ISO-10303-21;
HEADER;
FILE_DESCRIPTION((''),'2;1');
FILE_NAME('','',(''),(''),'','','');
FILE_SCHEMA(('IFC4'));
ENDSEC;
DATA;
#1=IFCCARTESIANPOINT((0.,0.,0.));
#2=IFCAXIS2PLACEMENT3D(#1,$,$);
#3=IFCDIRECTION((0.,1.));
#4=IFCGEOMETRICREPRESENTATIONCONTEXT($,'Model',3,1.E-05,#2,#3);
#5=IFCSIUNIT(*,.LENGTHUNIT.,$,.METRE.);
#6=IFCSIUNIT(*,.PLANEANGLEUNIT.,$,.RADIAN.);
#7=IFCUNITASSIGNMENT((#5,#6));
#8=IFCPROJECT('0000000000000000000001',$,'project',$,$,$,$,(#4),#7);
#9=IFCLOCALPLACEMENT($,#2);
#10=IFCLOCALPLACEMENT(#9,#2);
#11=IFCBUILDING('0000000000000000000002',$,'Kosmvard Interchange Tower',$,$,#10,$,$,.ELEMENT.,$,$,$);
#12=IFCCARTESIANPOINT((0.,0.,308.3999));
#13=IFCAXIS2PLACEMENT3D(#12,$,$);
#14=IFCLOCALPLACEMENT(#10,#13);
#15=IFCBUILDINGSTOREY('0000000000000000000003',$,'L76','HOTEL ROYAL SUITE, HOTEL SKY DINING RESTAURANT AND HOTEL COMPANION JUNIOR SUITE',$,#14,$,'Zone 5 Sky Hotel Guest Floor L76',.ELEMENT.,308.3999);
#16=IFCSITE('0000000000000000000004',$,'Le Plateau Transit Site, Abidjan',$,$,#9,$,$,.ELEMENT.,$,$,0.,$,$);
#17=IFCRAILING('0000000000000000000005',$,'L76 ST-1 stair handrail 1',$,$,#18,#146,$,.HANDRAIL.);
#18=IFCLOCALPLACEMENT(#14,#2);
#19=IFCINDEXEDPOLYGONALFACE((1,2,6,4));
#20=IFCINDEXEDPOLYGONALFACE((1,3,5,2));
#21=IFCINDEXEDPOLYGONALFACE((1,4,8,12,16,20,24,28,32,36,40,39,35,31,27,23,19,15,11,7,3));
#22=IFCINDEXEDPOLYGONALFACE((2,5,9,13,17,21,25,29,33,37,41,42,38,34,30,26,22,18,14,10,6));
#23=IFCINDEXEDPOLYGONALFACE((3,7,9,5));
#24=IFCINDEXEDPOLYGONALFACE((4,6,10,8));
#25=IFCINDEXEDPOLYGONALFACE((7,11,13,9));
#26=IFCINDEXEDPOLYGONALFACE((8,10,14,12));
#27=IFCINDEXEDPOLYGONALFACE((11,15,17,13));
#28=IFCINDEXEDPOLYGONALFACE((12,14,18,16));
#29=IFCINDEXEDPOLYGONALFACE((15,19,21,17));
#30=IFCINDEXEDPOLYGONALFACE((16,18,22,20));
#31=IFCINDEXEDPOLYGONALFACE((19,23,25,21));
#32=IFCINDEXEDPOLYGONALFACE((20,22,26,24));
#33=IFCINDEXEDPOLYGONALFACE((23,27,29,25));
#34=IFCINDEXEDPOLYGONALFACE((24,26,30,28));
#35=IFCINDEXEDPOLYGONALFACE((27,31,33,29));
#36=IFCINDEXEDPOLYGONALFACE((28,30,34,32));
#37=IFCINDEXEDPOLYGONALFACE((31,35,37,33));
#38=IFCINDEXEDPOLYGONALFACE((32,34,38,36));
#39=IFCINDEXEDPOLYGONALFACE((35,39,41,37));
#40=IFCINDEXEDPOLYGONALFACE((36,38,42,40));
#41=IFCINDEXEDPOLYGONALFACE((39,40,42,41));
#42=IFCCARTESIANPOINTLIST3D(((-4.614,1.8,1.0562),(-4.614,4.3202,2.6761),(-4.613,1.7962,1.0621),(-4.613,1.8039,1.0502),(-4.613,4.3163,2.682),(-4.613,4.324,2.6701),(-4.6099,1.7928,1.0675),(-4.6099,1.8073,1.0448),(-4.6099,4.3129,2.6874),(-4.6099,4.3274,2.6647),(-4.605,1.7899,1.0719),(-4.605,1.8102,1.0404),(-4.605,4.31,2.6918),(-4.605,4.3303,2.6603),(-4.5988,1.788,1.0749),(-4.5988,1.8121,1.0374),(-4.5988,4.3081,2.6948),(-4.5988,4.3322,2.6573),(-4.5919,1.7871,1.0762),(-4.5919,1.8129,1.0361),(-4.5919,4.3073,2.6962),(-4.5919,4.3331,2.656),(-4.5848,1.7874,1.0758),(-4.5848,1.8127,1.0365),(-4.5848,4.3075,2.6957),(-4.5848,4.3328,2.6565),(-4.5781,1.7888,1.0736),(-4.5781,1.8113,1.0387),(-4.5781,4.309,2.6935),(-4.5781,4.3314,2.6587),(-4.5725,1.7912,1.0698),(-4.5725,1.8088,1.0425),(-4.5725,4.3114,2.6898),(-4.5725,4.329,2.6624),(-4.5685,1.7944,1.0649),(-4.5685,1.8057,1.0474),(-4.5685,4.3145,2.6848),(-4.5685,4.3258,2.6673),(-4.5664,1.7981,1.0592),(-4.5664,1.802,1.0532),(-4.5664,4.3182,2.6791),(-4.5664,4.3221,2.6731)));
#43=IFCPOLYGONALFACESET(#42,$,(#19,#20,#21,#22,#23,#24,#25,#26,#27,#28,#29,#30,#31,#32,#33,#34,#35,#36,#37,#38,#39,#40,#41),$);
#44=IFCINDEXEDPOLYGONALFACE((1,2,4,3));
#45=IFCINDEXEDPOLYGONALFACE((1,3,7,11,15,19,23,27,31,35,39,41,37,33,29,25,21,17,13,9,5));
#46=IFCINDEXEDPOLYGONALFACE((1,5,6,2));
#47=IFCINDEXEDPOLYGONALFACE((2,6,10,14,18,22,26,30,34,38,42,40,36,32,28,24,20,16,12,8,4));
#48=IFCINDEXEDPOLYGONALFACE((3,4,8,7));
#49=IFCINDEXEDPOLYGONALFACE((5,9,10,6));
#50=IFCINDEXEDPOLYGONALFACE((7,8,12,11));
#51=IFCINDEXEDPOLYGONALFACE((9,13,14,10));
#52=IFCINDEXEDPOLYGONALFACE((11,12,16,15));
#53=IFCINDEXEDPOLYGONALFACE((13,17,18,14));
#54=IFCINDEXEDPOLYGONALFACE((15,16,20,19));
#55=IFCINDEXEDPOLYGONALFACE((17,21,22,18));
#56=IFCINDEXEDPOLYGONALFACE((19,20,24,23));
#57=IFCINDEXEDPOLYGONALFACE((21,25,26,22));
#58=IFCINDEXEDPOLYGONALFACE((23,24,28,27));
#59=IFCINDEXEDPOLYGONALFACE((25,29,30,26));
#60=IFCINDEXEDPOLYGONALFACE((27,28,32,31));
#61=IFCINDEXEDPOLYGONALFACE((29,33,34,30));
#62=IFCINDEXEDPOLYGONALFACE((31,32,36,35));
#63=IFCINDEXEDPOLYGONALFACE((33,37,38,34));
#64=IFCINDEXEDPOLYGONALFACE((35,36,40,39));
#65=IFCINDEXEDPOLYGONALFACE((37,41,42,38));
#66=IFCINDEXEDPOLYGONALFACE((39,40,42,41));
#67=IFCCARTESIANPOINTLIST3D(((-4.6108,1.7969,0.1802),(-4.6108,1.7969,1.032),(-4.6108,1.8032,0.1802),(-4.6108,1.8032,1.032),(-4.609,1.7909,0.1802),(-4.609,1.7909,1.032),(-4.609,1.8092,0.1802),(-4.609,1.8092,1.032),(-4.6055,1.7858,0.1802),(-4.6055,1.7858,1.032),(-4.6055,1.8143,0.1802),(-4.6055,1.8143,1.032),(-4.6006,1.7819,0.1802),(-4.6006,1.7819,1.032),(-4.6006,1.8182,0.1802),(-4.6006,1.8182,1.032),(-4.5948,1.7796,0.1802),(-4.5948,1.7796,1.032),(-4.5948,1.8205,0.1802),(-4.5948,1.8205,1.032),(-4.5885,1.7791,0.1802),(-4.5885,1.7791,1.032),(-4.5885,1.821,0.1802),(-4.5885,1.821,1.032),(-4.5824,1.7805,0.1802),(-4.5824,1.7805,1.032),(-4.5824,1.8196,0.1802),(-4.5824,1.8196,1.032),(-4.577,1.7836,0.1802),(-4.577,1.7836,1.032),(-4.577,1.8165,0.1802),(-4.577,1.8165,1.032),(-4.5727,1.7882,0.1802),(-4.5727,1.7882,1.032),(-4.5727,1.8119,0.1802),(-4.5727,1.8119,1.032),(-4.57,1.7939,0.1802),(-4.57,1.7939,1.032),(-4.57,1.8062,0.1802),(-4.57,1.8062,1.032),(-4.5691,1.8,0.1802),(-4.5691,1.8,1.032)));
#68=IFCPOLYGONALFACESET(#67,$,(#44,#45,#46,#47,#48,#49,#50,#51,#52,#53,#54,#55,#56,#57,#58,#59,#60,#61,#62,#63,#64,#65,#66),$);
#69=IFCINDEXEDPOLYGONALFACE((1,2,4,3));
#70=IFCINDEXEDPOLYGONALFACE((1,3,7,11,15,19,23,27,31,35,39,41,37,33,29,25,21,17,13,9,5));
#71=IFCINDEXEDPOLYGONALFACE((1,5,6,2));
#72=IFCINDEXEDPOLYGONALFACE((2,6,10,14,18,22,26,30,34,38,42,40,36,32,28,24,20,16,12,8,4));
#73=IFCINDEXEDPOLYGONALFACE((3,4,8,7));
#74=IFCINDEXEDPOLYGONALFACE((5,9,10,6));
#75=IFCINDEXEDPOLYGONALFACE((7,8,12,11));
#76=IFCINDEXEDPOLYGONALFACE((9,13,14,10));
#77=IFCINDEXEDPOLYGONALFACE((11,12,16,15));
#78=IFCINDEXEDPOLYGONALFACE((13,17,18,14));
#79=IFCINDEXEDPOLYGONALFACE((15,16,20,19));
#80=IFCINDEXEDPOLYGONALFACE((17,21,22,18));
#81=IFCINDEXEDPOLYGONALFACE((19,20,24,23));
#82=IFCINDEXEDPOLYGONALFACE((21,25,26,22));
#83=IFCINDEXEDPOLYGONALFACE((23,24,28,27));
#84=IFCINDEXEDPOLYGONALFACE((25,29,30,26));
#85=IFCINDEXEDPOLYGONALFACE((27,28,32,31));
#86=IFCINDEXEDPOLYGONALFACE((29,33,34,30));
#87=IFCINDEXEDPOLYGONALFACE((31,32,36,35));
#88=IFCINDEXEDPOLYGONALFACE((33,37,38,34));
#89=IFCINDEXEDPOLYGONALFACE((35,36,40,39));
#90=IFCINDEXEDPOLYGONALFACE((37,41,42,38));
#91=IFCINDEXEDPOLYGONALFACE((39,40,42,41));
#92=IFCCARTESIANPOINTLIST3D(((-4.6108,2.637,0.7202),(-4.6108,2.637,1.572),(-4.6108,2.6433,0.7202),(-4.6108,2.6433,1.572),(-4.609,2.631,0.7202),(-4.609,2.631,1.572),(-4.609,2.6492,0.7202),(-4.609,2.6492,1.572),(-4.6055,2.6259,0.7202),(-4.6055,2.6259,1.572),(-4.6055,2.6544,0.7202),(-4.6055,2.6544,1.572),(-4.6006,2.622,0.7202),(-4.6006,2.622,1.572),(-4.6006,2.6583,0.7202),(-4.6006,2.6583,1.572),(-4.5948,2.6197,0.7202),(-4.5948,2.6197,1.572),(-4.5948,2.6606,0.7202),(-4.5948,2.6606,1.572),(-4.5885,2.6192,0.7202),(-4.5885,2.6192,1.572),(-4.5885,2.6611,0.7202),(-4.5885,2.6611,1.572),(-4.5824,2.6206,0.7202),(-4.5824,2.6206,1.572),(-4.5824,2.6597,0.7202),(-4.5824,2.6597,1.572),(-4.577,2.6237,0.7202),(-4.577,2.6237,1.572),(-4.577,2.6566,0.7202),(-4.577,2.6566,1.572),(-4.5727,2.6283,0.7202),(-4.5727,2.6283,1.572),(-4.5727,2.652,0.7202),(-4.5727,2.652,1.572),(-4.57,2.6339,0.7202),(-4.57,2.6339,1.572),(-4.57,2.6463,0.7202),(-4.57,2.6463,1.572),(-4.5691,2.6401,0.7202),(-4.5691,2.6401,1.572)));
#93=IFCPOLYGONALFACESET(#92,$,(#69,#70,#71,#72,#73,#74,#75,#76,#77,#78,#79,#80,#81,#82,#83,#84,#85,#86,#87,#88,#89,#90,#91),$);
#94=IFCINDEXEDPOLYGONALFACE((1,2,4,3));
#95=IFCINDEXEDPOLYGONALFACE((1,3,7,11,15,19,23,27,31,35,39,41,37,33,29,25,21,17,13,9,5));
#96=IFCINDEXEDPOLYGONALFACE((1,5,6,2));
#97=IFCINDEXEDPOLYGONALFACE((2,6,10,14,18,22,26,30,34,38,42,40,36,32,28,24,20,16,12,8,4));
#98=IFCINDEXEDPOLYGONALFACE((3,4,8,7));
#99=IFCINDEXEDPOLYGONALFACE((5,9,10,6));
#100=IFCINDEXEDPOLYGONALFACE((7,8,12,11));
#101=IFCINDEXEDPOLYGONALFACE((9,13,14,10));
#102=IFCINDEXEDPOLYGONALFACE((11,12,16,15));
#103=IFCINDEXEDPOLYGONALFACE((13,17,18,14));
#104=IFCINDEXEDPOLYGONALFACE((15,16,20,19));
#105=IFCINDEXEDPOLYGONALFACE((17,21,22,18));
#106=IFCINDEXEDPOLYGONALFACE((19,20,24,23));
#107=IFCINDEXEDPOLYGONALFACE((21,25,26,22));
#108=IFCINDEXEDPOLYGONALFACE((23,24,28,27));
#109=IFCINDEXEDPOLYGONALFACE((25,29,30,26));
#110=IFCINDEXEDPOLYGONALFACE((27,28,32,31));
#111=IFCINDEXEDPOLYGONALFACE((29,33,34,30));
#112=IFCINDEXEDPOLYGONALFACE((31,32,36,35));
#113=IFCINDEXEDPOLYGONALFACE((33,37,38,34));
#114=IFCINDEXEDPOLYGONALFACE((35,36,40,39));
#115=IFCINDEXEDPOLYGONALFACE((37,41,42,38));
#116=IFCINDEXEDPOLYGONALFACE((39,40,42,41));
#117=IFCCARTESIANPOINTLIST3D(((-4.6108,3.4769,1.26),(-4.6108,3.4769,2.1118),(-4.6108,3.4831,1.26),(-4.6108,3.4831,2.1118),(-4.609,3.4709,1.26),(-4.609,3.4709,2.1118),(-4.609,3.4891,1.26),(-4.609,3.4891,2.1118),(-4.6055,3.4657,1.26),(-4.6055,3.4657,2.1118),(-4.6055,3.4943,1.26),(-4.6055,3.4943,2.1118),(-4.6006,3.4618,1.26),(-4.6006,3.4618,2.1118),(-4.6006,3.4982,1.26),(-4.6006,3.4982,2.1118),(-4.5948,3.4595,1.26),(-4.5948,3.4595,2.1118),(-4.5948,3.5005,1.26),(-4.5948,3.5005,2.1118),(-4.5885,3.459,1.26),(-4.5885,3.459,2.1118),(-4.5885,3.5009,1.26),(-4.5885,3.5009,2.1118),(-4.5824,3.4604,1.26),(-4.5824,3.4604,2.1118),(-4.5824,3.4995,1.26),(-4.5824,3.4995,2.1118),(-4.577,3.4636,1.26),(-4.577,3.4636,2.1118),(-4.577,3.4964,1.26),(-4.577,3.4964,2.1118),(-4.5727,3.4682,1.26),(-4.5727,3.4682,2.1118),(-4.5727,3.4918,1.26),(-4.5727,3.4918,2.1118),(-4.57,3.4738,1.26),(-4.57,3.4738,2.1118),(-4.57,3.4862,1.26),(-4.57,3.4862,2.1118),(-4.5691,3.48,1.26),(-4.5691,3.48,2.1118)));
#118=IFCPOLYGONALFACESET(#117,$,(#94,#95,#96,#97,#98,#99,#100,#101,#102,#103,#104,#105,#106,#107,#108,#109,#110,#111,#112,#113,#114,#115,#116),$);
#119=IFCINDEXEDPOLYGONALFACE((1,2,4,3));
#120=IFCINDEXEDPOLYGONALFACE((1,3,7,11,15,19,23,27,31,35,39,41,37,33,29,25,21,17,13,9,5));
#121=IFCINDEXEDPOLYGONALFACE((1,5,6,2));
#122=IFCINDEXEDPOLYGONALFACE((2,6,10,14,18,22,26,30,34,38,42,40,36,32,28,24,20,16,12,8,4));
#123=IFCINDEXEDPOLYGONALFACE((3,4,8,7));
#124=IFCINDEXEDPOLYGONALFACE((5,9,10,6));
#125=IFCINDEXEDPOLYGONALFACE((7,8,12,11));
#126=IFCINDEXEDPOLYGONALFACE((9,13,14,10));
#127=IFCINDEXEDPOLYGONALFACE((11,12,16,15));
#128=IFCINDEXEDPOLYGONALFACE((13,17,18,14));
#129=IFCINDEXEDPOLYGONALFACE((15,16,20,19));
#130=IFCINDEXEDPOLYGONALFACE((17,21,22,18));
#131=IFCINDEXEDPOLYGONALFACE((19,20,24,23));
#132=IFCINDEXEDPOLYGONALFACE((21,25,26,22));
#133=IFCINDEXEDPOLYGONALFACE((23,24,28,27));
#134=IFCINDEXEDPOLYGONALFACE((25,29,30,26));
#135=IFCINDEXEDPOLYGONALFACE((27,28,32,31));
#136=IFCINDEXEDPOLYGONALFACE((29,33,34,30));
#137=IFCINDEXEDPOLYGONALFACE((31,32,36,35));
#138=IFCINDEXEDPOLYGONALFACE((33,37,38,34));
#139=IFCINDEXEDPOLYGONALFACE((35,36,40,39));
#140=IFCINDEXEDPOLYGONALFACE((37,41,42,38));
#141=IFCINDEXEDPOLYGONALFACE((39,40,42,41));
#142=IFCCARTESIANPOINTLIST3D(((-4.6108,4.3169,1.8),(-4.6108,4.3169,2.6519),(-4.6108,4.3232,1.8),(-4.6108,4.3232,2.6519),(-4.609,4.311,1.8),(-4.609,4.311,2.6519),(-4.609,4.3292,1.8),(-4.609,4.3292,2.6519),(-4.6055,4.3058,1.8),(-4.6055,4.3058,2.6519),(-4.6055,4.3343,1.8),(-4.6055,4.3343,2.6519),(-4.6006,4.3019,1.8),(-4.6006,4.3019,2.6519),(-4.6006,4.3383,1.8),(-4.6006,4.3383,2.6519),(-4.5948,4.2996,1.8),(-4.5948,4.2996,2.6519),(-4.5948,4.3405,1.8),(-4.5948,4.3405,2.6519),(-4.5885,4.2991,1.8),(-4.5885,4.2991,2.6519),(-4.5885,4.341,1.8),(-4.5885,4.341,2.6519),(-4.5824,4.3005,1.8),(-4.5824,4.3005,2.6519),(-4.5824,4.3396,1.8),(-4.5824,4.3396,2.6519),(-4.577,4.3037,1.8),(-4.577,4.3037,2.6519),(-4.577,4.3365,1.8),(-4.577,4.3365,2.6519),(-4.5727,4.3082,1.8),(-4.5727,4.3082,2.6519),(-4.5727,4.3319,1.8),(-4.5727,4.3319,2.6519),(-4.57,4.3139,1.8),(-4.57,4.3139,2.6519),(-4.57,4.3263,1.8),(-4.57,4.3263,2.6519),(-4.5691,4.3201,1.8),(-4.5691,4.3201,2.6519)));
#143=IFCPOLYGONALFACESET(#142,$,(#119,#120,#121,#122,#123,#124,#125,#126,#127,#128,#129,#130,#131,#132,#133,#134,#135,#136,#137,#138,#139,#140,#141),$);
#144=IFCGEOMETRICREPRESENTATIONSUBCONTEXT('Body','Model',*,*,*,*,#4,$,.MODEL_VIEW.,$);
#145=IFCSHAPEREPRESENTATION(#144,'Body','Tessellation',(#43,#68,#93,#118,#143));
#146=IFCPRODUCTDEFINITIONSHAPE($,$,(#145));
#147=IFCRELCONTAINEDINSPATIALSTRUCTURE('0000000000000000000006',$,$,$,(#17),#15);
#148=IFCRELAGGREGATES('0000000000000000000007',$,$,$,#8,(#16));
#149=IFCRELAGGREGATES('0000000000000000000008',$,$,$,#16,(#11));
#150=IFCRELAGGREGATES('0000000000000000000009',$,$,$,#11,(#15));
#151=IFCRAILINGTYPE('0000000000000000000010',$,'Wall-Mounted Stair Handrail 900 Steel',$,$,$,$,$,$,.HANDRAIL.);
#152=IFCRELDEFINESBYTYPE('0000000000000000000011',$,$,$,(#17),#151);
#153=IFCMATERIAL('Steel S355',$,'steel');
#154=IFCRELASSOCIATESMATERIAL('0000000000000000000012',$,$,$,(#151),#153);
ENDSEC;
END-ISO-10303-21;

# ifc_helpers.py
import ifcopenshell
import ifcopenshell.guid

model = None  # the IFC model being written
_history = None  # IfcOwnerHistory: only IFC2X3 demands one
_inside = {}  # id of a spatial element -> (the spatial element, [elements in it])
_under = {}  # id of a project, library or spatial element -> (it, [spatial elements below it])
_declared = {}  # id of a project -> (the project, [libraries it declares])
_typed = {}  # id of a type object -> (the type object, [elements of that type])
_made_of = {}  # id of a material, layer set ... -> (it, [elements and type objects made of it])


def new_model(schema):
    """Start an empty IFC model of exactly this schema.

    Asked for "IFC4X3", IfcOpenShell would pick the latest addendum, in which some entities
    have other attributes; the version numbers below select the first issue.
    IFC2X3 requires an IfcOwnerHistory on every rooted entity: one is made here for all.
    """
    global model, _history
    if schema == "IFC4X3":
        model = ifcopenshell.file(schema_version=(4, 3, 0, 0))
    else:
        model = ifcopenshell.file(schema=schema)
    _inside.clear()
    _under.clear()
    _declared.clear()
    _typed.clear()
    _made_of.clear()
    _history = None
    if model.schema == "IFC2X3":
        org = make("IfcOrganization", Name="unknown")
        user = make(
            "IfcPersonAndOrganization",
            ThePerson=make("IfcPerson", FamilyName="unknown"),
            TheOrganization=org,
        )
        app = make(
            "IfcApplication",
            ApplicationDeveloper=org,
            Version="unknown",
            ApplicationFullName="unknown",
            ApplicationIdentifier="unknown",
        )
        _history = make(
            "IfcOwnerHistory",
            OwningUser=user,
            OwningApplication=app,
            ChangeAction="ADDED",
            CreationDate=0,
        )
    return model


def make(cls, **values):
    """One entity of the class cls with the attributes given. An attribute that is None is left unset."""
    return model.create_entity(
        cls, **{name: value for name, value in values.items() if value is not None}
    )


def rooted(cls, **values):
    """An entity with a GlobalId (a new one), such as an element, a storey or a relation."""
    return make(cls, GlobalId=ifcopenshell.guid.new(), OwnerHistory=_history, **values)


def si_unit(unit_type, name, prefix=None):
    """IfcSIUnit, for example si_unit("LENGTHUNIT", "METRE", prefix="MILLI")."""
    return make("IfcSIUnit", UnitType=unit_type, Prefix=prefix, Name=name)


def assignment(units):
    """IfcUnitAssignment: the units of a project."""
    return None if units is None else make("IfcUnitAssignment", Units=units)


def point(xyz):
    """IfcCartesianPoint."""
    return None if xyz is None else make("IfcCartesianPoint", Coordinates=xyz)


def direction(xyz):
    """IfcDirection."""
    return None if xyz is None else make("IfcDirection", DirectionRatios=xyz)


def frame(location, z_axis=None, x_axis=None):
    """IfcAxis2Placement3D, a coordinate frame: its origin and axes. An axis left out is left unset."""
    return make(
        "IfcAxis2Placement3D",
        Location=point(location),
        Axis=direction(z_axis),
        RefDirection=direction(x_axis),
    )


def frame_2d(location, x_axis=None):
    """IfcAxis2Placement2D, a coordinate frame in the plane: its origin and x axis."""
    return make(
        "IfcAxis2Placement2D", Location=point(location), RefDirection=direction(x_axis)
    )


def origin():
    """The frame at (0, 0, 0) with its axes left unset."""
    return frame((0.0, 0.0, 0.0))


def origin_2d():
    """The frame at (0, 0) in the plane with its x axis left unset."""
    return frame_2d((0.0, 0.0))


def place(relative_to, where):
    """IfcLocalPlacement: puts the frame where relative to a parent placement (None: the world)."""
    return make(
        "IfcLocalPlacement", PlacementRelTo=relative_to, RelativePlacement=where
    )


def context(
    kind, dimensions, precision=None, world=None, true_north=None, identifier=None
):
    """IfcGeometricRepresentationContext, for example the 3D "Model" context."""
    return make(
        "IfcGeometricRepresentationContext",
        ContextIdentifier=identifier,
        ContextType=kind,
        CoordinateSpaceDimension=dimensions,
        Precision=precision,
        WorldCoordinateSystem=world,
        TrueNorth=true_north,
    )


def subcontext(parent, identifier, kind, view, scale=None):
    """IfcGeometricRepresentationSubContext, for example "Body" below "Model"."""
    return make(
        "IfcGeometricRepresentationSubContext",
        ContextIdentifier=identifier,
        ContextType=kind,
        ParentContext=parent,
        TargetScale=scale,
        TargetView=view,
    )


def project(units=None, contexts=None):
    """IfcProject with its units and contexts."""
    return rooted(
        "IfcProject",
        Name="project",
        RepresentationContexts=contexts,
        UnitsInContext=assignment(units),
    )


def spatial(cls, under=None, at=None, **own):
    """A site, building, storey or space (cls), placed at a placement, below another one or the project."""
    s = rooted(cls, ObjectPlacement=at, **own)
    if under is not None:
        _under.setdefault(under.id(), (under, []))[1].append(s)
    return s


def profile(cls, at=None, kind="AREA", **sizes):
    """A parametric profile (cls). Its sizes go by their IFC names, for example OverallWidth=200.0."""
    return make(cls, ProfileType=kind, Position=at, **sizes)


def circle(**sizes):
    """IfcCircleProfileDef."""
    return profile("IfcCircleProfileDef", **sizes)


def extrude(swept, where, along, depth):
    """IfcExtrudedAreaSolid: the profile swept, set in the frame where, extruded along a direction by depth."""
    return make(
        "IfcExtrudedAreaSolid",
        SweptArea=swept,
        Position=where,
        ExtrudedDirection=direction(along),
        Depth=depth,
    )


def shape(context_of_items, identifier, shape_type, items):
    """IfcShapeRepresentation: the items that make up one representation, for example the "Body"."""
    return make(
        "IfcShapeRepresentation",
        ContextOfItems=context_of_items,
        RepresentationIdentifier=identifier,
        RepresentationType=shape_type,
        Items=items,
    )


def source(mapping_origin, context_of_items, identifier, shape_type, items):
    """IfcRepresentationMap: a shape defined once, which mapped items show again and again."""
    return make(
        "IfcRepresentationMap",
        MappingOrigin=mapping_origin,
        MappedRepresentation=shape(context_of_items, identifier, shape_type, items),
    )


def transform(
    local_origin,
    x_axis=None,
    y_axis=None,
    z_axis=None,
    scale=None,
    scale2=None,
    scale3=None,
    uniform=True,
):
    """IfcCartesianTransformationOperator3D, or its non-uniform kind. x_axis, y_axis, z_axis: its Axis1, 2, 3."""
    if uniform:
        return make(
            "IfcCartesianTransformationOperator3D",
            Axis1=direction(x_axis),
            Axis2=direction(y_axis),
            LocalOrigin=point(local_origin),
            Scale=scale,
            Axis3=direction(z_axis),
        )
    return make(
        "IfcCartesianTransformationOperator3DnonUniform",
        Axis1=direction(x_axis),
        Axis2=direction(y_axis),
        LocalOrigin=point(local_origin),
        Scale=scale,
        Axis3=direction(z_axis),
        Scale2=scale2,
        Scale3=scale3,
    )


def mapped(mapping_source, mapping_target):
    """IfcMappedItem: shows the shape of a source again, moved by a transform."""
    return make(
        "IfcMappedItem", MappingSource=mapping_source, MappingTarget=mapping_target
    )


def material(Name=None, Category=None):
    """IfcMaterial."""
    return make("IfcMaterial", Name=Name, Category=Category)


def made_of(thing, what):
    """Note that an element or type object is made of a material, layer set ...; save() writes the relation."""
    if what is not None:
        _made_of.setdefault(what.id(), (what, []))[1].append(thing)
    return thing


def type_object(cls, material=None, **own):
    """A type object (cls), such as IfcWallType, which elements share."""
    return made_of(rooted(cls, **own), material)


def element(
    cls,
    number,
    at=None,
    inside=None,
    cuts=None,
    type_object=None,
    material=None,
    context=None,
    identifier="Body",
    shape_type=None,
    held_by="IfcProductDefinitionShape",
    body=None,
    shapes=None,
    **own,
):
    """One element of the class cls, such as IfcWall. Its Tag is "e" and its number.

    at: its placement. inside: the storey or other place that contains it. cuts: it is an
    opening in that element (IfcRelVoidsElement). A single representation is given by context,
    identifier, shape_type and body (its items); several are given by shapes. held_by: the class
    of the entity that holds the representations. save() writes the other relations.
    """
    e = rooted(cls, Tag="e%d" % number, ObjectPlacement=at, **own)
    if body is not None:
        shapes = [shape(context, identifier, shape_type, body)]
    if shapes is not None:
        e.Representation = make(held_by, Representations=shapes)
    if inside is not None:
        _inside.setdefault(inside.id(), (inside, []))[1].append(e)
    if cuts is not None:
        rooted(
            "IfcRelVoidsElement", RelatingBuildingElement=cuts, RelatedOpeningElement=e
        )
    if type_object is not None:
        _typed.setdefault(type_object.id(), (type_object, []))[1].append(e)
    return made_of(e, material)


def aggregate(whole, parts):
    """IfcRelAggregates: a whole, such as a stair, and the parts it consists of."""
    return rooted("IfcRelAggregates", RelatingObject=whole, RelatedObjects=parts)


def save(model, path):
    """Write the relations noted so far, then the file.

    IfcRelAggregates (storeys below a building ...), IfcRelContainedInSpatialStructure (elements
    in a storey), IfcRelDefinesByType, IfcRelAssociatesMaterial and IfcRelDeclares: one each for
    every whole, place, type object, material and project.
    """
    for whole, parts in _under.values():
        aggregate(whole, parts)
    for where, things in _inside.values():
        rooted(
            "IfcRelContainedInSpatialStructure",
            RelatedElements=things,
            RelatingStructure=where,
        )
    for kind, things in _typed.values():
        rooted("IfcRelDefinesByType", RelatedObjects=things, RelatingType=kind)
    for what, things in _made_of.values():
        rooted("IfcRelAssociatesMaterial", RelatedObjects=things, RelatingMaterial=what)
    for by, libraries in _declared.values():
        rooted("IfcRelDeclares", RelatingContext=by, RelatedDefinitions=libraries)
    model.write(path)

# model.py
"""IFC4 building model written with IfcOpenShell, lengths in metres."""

from ifc_helpers import new_model, si_unit, direction, frame, origin, origin_2d, place, context, subcontext, project, spatial, circle, extrude, source, transform, mapped, material, type_object, element, save


model = new_model("IFC4")

# Units and contexts
model_context = context("Model", 3, precision=1e-05, world=origin(), true_north=direction((0.0, 1.0)))
body_context = subcontext(model_context, "Body", "Model", "MODEL_VIEW")
ifc_project = project(units=[si_unit("LENGTHUNIT", "METRE"), si_unit("PLANEANGLEUNIT", "RADIAN")], contexts=[model_context])

# Site, building, storey
site_placement = place(None, origin())
site = spatial("IfcSite", under=ifc_project, at=site_placement, Name="Le Plateau Transit Site, Abidjan", CompositionType="ELEMENT", RefElevation=0.0)
building_placement = place(site_placement, origin())
building = spatial("IfcBuilding", under=site, at=building_placement, Name="Kosmvard Interchange Tower", CompositionType="ELEMENT")
storey_placement = place(building_placement, frame((0.0, 0.0, 308.3999)))
storey = spatial("IfcBuildingStorey", under=building, at=storey_placement, Name="L76", Description="HOTEL ROYAL SUITE, HOTEL SKY DINING RESTAURANT AND HOTEL COMPANION JUNIOR SUITE", LongName="Zone 5 Sky Hotel Guest Floor L76", CompositionType="ELEMENT", Elevation=308.3999)

# Shared definitions
ifc_material_1 = material(Name="Steel S355", Category="steel")

# Railing
railing_type_1 = type_object("IfcRailingType", Name="Wall-Mounted Stair Handrail 900 Steel", PredefinedType="HANDRAIL", material=ifc_material_1)
shared_shape_1 = source(origin(), body_context, "Body", "SweptSolid", [
    extrude(circle(Radius=0.0239, at=origin_2d()), frame((0.0, 0.0, 0.876), z_axis=(0.0, 0.8412, 0.540725), x_axis=(-1.0, 0.0, 0.0)), (0.0, 0.0, 1.0), 2.9958),
    extrude(circle(Radius=0.021, at=origin_2d()), origin(), (0.0, 0.0, 1.0), 0.8518),
    extrude(circle(Radius=0.021, at=origin_2d()), frame((0.0, 0.8401, 0.54)), (0.0, 0.0, 1.0), 0.8518),
    extrude(circle(Radius=0.021, at=origin_2d()), frame((0.0, 1.6799, 1.0798)), (0.0, 0.0, 1.0), 0.8518),
    extrude(circle(Radius=0.021, at=origin_2d()), frame((0.0, 2.52, 1.6199)), (0.0, 0.0, 1.0), 0.8518),
])
railing_1_placement = place(storey_placement, frame((-4.5901, 1.8, 0.1802)))
element("IfcRailing", 1, at=railing_1_placement, inside=storey, type_object=railing_type_1, Name="L76 ST-1 stair handrail 1", PredefinedType="HANDRAIL", context=body_context, shape_type="MappedRepresentation", body=[
    mapped(shared_shape_1, transform((0.0, 0.0, 0.0), scale=1.0)),
])

save(model, "model.ifc")
